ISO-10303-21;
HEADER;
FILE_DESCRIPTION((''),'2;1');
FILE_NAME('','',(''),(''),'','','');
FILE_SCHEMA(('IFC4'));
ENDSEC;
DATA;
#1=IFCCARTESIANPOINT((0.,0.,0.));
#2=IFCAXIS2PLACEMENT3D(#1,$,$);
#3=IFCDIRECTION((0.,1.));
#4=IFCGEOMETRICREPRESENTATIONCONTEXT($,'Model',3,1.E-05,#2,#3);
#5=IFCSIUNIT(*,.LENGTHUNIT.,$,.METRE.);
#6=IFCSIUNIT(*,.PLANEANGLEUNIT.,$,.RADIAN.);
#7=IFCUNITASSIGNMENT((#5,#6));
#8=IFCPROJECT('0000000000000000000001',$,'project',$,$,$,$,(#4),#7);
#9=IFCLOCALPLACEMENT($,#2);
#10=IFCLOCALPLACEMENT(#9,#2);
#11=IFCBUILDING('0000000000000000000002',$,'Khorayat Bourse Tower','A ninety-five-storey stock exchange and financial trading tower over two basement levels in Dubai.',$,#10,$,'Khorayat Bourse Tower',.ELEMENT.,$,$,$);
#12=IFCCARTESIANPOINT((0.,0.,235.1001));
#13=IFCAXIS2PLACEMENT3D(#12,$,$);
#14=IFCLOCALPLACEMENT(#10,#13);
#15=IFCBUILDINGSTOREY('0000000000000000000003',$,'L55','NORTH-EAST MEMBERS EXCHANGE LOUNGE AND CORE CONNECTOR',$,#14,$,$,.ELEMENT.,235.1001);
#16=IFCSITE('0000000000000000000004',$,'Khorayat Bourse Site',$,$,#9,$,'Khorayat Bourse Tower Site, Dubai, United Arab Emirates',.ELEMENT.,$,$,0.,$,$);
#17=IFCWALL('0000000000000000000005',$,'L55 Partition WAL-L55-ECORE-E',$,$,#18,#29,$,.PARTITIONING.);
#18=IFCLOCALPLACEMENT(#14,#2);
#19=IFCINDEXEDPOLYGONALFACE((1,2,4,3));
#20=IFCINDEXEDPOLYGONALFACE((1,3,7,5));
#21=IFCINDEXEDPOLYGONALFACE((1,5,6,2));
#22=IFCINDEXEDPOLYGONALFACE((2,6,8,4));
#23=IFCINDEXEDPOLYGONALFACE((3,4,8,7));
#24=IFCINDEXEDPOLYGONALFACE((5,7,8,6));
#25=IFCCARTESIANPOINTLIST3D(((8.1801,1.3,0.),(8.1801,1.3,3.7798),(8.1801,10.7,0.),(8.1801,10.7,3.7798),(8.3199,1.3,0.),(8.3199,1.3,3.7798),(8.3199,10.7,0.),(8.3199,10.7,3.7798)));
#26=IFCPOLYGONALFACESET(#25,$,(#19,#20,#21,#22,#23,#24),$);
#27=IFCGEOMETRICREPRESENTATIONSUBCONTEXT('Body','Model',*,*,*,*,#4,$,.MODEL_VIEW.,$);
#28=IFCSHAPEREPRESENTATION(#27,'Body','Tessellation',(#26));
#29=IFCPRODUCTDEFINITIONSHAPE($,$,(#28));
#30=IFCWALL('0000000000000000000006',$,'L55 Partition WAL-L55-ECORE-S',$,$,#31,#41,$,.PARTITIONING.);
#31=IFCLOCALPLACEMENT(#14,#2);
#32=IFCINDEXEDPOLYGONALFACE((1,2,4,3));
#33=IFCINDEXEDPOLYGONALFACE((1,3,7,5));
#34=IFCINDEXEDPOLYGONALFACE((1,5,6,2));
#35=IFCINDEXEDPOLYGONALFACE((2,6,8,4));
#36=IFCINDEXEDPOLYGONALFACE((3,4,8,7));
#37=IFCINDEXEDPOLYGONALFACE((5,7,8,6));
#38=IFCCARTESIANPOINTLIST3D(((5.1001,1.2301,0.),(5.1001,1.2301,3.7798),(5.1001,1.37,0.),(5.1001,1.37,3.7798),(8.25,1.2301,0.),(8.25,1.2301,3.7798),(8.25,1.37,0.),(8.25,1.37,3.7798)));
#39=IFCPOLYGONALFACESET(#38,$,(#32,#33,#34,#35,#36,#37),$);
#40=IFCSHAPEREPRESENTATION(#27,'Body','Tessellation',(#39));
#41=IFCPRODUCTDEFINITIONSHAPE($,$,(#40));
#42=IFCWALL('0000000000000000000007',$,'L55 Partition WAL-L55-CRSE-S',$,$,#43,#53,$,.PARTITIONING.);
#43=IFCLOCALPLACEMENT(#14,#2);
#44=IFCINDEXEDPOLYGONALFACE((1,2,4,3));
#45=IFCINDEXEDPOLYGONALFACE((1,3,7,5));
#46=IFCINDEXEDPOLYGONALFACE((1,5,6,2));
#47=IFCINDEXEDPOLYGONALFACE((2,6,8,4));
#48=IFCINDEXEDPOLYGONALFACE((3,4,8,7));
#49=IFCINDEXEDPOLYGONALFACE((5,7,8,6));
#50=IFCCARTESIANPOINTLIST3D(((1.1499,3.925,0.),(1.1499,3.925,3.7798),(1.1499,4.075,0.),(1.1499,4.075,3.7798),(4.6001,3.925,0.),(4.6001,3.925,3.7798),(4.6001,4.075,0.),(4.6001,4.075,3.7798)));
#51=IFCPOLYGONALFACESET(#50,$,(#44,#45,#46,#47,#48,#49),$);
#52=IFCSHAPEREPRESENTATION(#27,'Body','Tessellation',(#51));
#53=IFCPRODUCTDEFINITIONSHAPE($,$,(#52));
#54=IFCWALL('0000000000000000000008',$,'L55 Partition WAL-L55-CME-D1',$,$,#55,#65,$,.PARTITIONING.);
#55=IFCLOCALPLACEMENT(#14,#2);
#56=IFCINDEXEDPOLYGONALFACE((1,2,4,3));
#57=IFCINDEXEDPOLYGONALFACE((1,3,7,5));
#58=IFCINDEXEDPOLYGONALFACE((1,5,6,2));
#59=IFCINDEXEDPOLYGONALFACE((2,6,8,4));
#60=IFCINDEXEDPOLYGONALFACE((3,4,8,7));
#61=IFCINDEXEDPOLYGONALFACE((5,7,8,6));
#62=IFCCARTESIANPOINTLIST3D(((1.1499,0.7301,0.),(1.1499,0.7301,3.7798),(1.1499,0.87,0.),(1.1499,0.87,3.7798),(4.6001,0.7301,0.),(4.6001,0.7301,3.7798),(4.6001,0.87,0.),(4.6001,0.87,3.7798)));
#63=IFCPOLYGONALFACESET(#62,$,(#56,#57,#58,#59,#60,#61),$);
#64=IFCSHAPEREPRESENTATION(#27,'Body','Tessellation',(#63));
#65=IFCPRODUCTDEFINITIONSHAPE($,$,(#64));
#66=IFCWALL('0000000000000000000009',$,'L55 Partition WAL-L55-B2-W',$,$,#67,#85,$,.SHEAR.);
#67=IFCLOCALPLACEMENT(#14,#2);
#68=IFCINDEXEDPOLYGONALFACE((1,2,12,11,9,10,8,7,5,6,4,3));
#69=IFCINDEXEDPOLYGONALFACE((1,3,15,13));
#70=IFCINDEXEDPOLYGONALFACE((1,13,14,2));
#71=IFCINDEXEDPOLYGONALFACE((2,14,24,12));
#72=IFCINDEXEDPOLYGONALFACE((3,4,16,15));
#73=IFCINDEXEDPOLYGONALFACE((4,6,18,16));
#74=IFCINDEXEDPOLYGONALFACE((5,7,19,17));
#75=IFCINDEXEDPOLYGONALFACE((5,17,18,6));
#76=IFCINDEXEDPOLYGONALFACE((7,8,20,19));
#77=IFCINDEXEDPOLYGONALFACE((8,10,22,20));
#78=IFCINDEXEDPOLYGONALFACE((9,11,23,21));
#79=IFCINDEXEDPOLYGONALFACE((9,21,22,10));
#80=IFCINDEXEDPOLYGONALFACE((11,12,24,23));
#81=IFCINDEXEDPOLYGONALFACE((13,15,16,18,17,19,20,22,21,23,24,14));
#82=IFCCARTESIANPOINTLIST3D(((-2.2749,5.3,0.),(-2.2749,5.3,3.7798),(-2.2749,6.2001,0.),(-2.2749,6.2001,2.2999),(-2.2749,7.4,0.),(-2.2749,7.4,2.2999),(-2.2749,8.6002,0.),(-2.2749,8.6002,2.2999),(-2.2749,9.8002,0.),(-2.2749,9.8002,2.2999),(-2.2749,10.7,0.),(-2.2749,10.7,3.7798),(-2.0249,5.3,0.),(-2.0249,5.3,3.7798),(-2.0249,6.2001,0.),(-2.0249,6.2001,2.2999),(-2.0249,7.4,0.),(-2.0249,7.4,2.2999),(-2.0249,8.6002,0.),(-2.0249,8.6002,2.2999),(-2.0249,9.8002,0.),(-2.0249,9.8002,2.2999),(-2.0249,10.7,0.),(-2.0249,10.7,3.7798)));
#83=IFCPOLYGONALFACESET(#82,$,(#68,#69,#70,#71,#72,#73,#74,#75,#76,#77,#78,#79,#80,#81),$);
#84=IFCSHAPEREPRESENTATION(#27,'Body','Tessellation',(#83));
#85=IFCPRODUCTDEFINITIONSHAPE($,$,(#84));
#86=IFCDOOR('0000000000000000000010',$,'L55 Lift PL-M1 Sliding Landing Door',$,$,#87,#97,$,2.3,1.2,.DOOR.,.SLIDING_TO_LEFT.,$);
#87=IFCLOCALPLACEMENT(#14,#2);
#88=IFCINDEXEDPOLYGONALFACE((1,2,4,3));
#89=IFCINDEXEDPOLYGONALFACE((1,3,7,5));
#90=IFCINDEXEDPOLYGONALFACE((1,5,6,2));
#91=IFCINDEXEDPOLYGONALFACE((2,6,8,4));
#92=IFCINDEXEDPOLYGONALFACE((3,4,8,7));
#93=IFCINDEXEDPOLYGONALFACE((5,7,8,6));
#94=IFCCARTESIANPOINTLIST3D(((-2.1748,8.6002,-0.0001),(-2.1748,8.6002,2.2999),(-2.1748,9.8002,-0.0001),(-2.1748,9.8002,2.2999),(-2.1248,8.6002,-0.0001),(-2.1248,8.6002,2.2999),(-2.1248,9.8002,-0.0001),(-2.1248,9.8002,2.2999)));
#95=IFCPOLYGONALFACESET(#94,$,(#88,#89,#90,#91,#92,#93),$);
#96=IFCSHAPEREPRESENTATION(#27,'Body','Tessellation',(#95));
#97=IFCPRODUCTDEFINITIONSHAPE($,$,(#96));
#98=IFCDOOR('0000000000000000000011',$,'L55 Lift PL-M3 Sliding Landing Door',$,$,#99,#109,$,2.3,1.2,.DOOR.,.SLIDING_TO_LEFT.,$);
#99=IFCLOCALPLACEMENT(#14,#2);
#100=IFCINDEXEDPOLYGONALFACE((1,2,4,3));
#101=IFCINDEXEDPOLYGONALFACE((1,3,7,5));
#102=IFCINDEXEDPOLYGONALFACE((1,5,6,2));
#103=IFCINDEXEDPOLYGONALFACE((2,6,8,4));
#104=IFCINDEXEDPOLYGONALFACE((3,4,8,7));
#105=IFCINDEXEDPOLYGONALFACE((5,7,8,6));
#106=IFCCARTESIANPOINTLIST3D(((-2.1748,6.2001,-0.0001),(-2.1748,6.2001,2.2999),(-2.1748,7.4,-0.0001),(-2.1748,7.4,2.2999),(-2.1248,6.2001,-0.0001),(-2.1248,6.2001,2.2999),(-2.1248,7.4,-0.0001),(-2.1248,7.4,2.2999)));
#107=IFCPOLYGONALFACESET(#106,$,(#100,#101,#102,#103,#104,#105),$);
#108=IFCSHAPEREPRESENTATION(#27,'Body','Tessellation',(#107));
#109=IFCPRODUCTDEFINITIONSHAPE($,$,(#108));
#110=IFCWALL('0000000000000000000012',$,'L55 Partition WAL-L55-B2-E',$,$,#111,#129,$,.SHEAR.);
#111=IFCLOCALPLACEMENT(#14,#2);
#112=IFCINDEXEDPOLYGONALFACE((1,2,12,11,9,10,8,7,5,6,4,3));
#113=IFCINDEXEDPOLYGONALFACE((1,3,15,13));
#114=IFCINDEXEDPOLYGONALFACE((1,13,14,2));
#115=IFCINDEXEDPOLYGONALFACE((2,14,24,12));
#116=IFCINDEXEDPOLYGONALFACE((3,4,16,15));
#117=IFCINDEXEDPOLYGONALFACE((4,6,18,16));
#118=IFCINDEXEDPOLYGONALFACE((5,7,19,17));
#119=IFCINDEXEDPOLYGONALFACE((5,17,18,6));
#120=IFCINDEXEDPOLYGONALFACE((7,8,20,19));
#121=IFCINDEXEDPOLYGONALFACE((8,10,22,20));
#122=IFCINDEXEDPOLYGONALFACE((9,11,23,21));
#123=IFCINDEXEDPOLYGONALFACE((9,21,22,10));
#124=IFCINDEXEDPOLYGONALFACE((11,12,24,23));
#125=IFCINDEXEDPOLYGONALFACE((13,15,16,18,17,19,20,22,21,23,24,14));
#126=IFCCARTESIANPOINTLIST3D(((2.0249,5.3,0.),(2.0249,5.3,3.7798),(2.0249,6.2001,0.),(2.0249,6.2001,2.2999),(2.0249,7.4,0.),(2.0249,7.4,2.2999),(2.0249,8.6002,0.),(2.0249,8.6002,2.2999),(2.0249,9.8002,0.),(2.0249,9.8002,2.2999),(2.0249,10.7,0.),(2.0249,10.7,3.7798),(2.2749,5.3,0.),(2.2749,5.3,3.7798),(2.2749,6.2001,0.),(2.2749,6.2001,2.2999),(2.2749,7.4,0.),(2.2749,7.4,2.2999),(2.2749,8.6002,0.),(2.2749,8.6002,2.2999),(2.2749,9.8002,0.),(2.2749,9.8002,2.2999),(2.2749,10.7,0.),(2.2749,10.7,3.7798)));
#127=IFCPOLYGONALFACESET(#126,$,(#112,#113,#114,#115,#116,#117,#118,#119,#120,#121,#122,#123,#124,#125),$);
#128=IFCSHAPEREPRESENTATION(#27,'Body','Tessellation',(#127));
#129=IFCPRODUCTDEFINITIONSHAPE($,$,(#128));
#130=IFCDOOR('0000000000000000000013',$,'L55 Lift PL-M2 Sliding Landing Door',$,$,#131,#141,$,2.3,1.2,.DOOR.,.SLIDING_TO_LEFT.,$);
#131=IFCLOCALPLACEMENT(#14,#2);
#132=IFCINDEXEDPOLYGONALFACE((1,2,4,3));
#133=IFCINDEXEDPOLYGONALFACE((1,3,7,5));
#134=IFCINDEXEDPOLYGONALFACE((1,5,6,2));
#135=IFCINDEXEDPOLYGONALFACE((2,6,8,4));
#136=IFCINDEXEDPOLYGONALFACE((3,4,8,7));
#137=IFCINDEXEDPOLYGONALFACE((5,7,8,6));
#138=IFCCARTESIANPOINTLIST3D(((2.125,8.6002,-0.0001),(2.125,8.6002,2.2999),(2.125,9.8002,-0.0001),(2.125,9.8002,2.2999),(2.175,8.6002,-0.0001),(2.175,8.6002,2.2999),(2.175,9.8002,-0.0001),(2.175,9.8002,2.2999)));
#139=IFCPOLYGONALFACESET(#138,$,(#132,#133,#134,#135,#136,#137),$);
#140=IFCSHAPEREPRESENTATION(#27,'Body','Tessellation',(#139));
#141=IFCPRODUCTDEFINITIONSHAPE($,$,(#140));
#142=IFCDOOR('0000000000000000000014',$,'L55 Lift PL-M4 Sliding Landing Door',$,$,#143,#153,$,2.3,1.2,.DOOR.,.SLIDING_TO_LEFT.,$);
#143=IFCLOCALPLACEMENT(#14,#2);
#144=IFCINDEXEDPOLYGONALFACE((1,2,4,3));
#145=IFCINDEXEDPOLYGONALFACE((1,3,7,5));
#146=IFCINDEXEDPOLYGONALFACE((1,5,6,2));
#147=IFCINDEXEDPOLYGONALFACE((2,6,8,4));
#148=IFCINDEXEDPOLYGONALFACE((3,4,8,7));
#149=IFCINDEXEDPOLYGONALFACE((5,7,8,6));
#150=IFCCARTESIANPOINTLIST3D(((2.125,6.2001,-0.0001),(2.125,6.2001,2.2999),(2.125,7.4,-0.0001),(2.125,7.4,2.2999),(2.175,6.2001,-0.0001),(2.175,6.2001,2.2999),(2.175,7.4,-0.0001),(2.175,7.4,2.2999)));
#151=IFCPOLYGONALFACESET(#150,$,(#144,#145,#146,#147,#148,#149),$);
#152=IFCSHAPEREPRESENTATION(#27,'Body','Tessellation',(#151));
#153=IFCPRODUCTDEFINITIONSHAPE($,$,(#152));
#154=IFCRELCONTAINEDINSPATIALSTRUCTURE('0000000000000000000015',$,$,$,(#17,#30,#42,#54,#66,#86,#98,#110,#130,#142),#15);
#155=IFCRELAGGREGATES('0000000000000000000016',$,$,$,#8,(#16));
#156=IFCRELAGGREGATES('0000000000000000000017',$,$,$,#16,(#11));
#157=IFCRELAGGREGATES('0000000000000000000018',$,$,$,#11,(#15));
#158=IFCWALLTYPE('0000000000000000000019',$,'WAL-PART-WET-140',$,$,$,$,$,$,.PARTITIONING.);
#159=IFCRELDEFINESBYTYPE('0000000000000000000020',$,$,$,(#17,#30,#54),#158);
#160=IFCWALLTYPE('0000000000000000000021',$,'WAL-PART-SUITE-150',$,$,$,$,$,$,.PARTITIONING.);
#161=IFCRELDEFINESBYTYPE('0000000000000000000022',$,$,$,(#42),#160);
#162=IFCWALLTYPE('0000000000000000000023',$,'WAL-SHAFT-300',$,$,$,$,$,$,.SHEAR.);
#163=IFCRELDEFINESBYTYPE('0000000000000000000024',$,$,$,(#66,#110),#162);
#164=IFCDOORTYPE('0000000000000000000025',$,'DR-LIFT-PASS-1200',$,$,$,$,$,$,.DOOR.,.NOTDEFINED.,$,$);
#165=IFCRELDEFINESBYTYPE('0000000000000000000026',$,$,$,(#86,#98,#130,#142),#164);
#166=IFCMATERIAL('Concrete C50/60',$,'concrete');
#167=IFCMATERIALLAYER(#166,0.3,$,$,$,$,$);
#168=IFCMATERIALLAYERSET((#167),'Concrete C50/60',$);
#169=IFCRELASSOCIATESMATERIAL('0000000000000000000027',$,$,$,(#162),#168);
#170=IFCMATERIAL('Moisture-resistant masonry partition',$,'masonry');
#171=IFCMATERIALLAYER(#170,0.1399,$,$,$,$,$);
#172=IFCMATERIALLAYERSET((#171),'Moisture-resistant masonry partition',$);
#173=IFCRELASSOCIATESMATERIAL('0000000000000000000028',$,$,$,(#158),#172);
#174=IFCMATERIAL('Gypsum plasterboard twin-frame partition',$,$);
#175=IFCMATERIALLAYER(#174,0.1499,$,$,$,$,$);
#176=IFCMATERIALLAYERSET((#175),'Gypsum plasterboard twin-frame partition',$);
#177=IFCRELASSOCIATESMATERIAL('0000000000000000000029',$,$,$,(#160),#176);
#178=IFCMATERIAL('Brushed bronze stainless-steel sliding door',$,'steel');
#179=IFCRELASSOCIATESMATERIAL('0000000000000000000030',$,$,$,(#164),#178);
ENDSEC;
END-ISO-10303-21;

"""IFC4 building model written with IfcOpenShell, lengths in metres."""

from ifc_helpers import new_model, si_unit, direction, frame, frame_2d, origin, place, context, subcontext, project, spatial, rectangle, extrude, source, transform, mapped, material, layer, layer_set, type_object, element, fill, save


model = new_model("IFC4")

# Units and contexts
model_context = context("Model", 3, precision=1e-05, world=origin(), true_north=direction((0.0, 1.0)))
body_context = subcontext(model_context, "Body", "Model", "MODEL_VIEW")
ifc_project = project(units=[si_unit("LENGTHUNIT", "METRE"), si_unit("PLANEANGLEUNIT", "RADIAN")], contexts=[model_context])

# Site, building, storey
site_placement = place(None, origin())
site = spatial("IfcSite", under=ifc_project, at=site_placement, Name="Khorayat Bourse Site", LongName="Khorayat Bourse Tower Site, Dubai, United Arab Emirates", CompositionType="ELEMENT", RefElevation=0.0)
building_placement = place(site_placement, origin())
building = spatial("IfcBuilding", under=site, at=building_placement, Name="Khorayat Bourse Tower", Description="A ninety-five-storey stock exchange and financial trading tower over two basement levels in Dubai.", LongName="Khorayat Bourse Tower", CompositionType="ELEMENT")
storey_placement = place(building_placement, frame((0.0, 0.0, 235.1001)))
storey = spatial("IfcBuildingStorey", under=building, at=storey_placement, Name="L55", Description="NORTH-EAST MEMBERS EXCHANGE LOUNGE AND CORE CONNECTOR", CompositionType="ELEMENT", Elevation=235.1001)

# Walls
ifc_material_1 = material(Name="Concrete C50/60", Category="concrete")
ifc_layer_1 = layer(ifc_material_1, 0.3)
ifc_layer_set_1 = layer_set([ifc_layer_1], Name="Concrete C50/60")
wall_type_1 = type_object("IfcWallType", Name="WAL-SHAFT-300", PredefinedType="SHEAR", material=ifc_layer_set_1)
ifc_material_2 = material(Name="Moisture-resistant masonry partition", Category="masonry")
ifc_layer_2 = layer(ifc_material_2, 0.1399)
ifc_layer_set_2 = layer_set([ifc_layer_2], Name="Moisture-resistant masonry partition")
wall_type_2 = type_object("IfcWallType", Name="WAL-PART-WET-140", PredefinedType="PARTITIONING", material=ifc_layer_set_2)
shared_shape_1 = source(origin(), body_context, "Body", "SweptSolid", [
    extrude(rectangle(XDim=9.3999, YDim=0.1399, at=frame_2d((4.7, 0.0))), origin(), (0.0, 0.0, 1.0), 3.7798),
])
wall_1_placement = place(storey_placement, frame((8.25, 1.3, 0.0), z_axis=(0.0, 0.0, 1.0), x_axis=(0.0, 1.0, 0.0)))
element("IfcWall", 1, at=wall_1_placement, inside=storey, type_object=wall_type_2, Name="L55 Partition WAL-L55-ECORE-E", PredefinedType="PARTITIONING", context=body_context, shape_type="MappedRepresentation", body=[
    mapped(shared_shape_1, transform((0.0, 0.0, 0.0), scale=1.0)),
])
shared_shape_2 = source(origin(), body_context, "Body", "SweptSolid", [
    extrude(rectangle(XDim=3.1499, YDim=0.1399, at=frame_2d((1.575, 0.0))), origin(), (0.0, 0.0, 1.0), 3.7798),
])
wall_2_placement = place(storey_placement, frame((5.1001, 1.3, 0.0), z_axis=(0.0, 0.0, 1.0), x_axis=(1.0, 0.0, 0.0)))
element("IfcWall", 2, at=wall_2_placement, inside=storey, type_object=wall_type_2, Name="L55 Partition WAL-L55-ECORE-S", PredefinedType="PARTITIONING", context=body_context, shape_type="MappedRepresentation", body=[
    mapped(shared_shape_2, transform((0.0, 0.0, 0.0), scale=1.0)),
])

# Walls
ifc_material_3 = material(Name="Gypsum plasterboard twin-frame partition")
ifc_layer_3 = layer(ifc_material_3, 0.1499)
ifc_layer_set_3 = layer_set([ifc_layer_3], Name="Gypsum plasterboard twin-frame partition")
wall_type_3 = type_object("IfcWallType", Name="WAL-PART-SUITE-150", PredefinedType="PARTITIONING", material=ifc_layer_set_3)
shared_shape_3 = source(origin(), body_context, "Body", "SweptSolid", [
    extrude(rectangle(XDim=3.4502, YDim=0.1499, at=frame_2d((1.7251, 0.0))), origin(), (0.0, 0.0, 1.0), 3.7798),
])
wall_3_placement = place(storey_placement, frame((1.1499, 4.0, 0.0), z_axis=(0.0, 0.0, 1.0), x_axis=(1.0, 0.0, 0.0)))
element("IfcWall", 3, at=wall_3_placement, inside=storey, type_object=wall_type_3, Name="L55 Partition WAL-L55-CRSE-S", PredefinedType="PARTITIONING", context=body_context, shape_type="MappedRepresentation", body=[
    mapped(shared_shape_3, transform((0.0, 0.0, 0.0), scale=1.0)),
])
shared_shape_4 = source(origin(), body_context, "Body", "SweptSolid", [
    extrude(rectangle(XDim=3.4502, YDim=0.1399, at=frame_2d((1.7251, 0.0))), origin(), (0.0, 0.0, 1.0), 3.7798),
])
wall_4_placement = place(storey_placement, frame((1.1499, 0.8, 0.0), z_axis=(0.0, 0.0, 1.0), x_axis=(1.0, 0.0, 0.0)))
element("IfcWall", 4, at=wall_4_placement, inside=storey, type_object=wall_type_2, Name="L55 Partition WAL-L55-CME-D1", PredefinedType="PARTITIONING", context=body_context, shape_type="MappedRepresentation", body=[
    mapped(shared_shape_4, transform((0.0, 0.0, 0.0), scale=1.0)),
])

# Walls, openings, doors
shared_shape_5 = source(origin(), body_context, "Body", "SweptSolid", [
    extrude(rectangle(XDim=5.3999, YDim=0.25, at=frame_2d((2.7, 0.0))), origin(), (0.0, 0.0, 1.0), 3.7798),
])
wall_5_placement = place(storey_placement, frame((-2.1499, 5.3, 0.0), z_axis=(0.0, 0.0, 1.0), x_axis=(0.0, 1.0, 0.0)))
wall_5 = element("IfcWall", 5, at=wall_5_placement, inside=storey, type_object=wall_type_1, Name="L55 Partition WAL-L55-B2-W", PredefinedType="SHEAR", context=body_context, shape_type="MappedRepresentation", body=[
    mapped(shared_shape_5, transform((0.0, 0.0, 0.0), scale=1.0)),
])
shared_shape_6 = source(origin(), body_context, "Body", "SweptSolid", [
    extrude(rectangle(XDim=1.2, YDim=2.3, at=frame_2d((0.6001, 1.1499))), frame((0.0, 0.135, 0.0), z_axis=(0.0, -1.0, 0.0), x_axis=(1.0, 0.0, 0.0)), (0.0, 0.0, 1.0), 0.27),
])
opening_1_placement = place(wall_5_placement, frame((3.3, 0.0, 0.0)))
opening_1 = element("IfcOpeningElement", 6, at=opening_1_placement, cuts=wall_5, PredefinedType="OPENING", context=body_context, shape_type="MappedRepresentation", body=[
    mapped(shared_shape_6, transform((0.0, 0.0, 0.0), scale=1.0)),
])
opening_2_placement = place(wall_5_placement, frame((0.8999, 0.0, 0.0)))
opening_2 = element("IfcOpeningElement", 7, at=opening_2_placement, cuts=wall_5, PredefinedType="OPENING", context=body_context, shape_type="MappedRepresentation", body=[
    mapped(shared_shape_6, transform((0.0, 0.0, 0.0), scale=1.0)),
])
ifc_material_4 = material(Name="Brushed bronze stainless-steel sliding door", Category="steel")
door_type_1 = type_object("IfcDoorType", Name="DR-LIFT-PASS-1200", OperationType="NOTDEFINED", PredefinedType="DOOR", material=ifc_material_4)
shared_shape_7 = source(origin(), body_context, "Body", "SweptSolid", [
    extrude(rectangle(XDim=1.2, YDim=2.3, at=frame_2d((0.6001, 1.1499))), frame((0.0, 0.0249, 0.0), z_axis=(0.0, -1.0, 0.0), x_axis=(1.0, 0.0, 0.0)), (0.0, 0.0, 1.0), 0.05),
])
door_1_placement = place(opening_1_placement, origin())
door_1 = element("IfcDoor", 8, at=door_1_placement, inside=storey, type_object=door_type_1, Name="L55 Lift PL-M1 Sliding Landing Door", OperationType="SLIDING_TO_LEFT", OverallHeight=2.3, OverallWidth=1.2, PredefinedType="DOOR", context=body_context, shape_type="MappedRepresentation", body=[
    mapped(shared_shape_7, transform((0.0, 0.0, 0.0), scale=1.0)),
])
fill(opening_1, door_1)
door_2_placement = place(opening_2_placement, origin())
door_2 = element("IfcDoor", 9, at=door_2_placement, inside=storey, type_object=door_type_1, Name="L55 Lift PL-M3 Sliding Landing Door", OperationType="SLIDING_TO_LEFT", OverallHeight=2.3, OverallWidth=1.2, PredefinedType="DOOR", context=body_context, shape_type="MappedRepresentation", body=[
    mapped(shared_shape_7, transform((0.0, 0.0, 0.0), scale=1.0)),
])
fill(opening_2, door_2)
wall_6_placement = place(storey_placement, frame((2.1499, 5.3, 0.0), z_axis=(0.0, 0.0, 1.0), x_axis=(0.0, 1.0, 0.0)))
wall_6 = element("IfcWall", 10, at=wall_6_placement, inside=storey, type_object=wall_type_1, Name="L55 Partition WAL-L55-B2-E", PredefinedType="SHEAR", context=body_context, shape_type="MappedRepresentation", body=[
    mapped(shared_shape_5, transform((0.0, 0.0, 0.0), scale=1.0)),
])
opening_3_placement = place(wall_6_placement, frame((3.3, 0.0, 0.0)))
opening_3 = element("IfcOpeningElement", 11, at=opening_3_placement, cuts=wall_6, PredefinedType="OPENING", context=body_context, shape_type="MappedRepresentation", body=[
    mapped(shared_shape_6, transform((0.0, 0.0, 0.0), scale=1.0)),
])
opening_4_placement = place(wall_6_placement, frame((0.8999, 0.0, 0.0)))
opening_4 = element("IfcOpeningElement", 12, at=opening_4_placement, cuts=wall_6, PredefinedType="OPENING", context=body_context, shape_type="MappedRepresentation", body=[
    mapped(shared_shape_6, transform((0.0, 0.0, 0.0), scale=1.0)),
])
door_3_placement = place(opening_3_placement, origin())
door_3 = element("IfcDoor", 13, at=door_3_placement, inside=storey, type_object=door_type_1, Name="L55 Lift PL-M2 Sliding Landing Door", OperationType="SLIDING_TO_LEFT", OverallHeight=2.3, OverallWidth=1.2, PredefinedType="DOOR", context=body_context, shape_type="MappedRepresentation", body=[
    mapped(shared_shape_7, transform((0.0, 0.0, 0.0), scale=1.0)),
])
fill(opening_3, door_3)
door_4_placement = place(opening_4_placement, origin())
door_4 = element("IfcDoor", 14, at=door_4_placement, inside=storey, type_object=door_type_1, Name="L55 Lift PL-M4 Sliding Landing Door", OperationType="SLIDING_TO_LEFT", OverallHeight=2.3, OverallWidth=1.2, PredefinedType="DOOR", context=body_context, shape_type="MappedRepresentation", body=[
    mapped(shared_shape_7, transform((0.0, 0.0, 0.0), scale=1.0)),
])
fill(opening_4, door_4)

save(model, "model.ifc")
